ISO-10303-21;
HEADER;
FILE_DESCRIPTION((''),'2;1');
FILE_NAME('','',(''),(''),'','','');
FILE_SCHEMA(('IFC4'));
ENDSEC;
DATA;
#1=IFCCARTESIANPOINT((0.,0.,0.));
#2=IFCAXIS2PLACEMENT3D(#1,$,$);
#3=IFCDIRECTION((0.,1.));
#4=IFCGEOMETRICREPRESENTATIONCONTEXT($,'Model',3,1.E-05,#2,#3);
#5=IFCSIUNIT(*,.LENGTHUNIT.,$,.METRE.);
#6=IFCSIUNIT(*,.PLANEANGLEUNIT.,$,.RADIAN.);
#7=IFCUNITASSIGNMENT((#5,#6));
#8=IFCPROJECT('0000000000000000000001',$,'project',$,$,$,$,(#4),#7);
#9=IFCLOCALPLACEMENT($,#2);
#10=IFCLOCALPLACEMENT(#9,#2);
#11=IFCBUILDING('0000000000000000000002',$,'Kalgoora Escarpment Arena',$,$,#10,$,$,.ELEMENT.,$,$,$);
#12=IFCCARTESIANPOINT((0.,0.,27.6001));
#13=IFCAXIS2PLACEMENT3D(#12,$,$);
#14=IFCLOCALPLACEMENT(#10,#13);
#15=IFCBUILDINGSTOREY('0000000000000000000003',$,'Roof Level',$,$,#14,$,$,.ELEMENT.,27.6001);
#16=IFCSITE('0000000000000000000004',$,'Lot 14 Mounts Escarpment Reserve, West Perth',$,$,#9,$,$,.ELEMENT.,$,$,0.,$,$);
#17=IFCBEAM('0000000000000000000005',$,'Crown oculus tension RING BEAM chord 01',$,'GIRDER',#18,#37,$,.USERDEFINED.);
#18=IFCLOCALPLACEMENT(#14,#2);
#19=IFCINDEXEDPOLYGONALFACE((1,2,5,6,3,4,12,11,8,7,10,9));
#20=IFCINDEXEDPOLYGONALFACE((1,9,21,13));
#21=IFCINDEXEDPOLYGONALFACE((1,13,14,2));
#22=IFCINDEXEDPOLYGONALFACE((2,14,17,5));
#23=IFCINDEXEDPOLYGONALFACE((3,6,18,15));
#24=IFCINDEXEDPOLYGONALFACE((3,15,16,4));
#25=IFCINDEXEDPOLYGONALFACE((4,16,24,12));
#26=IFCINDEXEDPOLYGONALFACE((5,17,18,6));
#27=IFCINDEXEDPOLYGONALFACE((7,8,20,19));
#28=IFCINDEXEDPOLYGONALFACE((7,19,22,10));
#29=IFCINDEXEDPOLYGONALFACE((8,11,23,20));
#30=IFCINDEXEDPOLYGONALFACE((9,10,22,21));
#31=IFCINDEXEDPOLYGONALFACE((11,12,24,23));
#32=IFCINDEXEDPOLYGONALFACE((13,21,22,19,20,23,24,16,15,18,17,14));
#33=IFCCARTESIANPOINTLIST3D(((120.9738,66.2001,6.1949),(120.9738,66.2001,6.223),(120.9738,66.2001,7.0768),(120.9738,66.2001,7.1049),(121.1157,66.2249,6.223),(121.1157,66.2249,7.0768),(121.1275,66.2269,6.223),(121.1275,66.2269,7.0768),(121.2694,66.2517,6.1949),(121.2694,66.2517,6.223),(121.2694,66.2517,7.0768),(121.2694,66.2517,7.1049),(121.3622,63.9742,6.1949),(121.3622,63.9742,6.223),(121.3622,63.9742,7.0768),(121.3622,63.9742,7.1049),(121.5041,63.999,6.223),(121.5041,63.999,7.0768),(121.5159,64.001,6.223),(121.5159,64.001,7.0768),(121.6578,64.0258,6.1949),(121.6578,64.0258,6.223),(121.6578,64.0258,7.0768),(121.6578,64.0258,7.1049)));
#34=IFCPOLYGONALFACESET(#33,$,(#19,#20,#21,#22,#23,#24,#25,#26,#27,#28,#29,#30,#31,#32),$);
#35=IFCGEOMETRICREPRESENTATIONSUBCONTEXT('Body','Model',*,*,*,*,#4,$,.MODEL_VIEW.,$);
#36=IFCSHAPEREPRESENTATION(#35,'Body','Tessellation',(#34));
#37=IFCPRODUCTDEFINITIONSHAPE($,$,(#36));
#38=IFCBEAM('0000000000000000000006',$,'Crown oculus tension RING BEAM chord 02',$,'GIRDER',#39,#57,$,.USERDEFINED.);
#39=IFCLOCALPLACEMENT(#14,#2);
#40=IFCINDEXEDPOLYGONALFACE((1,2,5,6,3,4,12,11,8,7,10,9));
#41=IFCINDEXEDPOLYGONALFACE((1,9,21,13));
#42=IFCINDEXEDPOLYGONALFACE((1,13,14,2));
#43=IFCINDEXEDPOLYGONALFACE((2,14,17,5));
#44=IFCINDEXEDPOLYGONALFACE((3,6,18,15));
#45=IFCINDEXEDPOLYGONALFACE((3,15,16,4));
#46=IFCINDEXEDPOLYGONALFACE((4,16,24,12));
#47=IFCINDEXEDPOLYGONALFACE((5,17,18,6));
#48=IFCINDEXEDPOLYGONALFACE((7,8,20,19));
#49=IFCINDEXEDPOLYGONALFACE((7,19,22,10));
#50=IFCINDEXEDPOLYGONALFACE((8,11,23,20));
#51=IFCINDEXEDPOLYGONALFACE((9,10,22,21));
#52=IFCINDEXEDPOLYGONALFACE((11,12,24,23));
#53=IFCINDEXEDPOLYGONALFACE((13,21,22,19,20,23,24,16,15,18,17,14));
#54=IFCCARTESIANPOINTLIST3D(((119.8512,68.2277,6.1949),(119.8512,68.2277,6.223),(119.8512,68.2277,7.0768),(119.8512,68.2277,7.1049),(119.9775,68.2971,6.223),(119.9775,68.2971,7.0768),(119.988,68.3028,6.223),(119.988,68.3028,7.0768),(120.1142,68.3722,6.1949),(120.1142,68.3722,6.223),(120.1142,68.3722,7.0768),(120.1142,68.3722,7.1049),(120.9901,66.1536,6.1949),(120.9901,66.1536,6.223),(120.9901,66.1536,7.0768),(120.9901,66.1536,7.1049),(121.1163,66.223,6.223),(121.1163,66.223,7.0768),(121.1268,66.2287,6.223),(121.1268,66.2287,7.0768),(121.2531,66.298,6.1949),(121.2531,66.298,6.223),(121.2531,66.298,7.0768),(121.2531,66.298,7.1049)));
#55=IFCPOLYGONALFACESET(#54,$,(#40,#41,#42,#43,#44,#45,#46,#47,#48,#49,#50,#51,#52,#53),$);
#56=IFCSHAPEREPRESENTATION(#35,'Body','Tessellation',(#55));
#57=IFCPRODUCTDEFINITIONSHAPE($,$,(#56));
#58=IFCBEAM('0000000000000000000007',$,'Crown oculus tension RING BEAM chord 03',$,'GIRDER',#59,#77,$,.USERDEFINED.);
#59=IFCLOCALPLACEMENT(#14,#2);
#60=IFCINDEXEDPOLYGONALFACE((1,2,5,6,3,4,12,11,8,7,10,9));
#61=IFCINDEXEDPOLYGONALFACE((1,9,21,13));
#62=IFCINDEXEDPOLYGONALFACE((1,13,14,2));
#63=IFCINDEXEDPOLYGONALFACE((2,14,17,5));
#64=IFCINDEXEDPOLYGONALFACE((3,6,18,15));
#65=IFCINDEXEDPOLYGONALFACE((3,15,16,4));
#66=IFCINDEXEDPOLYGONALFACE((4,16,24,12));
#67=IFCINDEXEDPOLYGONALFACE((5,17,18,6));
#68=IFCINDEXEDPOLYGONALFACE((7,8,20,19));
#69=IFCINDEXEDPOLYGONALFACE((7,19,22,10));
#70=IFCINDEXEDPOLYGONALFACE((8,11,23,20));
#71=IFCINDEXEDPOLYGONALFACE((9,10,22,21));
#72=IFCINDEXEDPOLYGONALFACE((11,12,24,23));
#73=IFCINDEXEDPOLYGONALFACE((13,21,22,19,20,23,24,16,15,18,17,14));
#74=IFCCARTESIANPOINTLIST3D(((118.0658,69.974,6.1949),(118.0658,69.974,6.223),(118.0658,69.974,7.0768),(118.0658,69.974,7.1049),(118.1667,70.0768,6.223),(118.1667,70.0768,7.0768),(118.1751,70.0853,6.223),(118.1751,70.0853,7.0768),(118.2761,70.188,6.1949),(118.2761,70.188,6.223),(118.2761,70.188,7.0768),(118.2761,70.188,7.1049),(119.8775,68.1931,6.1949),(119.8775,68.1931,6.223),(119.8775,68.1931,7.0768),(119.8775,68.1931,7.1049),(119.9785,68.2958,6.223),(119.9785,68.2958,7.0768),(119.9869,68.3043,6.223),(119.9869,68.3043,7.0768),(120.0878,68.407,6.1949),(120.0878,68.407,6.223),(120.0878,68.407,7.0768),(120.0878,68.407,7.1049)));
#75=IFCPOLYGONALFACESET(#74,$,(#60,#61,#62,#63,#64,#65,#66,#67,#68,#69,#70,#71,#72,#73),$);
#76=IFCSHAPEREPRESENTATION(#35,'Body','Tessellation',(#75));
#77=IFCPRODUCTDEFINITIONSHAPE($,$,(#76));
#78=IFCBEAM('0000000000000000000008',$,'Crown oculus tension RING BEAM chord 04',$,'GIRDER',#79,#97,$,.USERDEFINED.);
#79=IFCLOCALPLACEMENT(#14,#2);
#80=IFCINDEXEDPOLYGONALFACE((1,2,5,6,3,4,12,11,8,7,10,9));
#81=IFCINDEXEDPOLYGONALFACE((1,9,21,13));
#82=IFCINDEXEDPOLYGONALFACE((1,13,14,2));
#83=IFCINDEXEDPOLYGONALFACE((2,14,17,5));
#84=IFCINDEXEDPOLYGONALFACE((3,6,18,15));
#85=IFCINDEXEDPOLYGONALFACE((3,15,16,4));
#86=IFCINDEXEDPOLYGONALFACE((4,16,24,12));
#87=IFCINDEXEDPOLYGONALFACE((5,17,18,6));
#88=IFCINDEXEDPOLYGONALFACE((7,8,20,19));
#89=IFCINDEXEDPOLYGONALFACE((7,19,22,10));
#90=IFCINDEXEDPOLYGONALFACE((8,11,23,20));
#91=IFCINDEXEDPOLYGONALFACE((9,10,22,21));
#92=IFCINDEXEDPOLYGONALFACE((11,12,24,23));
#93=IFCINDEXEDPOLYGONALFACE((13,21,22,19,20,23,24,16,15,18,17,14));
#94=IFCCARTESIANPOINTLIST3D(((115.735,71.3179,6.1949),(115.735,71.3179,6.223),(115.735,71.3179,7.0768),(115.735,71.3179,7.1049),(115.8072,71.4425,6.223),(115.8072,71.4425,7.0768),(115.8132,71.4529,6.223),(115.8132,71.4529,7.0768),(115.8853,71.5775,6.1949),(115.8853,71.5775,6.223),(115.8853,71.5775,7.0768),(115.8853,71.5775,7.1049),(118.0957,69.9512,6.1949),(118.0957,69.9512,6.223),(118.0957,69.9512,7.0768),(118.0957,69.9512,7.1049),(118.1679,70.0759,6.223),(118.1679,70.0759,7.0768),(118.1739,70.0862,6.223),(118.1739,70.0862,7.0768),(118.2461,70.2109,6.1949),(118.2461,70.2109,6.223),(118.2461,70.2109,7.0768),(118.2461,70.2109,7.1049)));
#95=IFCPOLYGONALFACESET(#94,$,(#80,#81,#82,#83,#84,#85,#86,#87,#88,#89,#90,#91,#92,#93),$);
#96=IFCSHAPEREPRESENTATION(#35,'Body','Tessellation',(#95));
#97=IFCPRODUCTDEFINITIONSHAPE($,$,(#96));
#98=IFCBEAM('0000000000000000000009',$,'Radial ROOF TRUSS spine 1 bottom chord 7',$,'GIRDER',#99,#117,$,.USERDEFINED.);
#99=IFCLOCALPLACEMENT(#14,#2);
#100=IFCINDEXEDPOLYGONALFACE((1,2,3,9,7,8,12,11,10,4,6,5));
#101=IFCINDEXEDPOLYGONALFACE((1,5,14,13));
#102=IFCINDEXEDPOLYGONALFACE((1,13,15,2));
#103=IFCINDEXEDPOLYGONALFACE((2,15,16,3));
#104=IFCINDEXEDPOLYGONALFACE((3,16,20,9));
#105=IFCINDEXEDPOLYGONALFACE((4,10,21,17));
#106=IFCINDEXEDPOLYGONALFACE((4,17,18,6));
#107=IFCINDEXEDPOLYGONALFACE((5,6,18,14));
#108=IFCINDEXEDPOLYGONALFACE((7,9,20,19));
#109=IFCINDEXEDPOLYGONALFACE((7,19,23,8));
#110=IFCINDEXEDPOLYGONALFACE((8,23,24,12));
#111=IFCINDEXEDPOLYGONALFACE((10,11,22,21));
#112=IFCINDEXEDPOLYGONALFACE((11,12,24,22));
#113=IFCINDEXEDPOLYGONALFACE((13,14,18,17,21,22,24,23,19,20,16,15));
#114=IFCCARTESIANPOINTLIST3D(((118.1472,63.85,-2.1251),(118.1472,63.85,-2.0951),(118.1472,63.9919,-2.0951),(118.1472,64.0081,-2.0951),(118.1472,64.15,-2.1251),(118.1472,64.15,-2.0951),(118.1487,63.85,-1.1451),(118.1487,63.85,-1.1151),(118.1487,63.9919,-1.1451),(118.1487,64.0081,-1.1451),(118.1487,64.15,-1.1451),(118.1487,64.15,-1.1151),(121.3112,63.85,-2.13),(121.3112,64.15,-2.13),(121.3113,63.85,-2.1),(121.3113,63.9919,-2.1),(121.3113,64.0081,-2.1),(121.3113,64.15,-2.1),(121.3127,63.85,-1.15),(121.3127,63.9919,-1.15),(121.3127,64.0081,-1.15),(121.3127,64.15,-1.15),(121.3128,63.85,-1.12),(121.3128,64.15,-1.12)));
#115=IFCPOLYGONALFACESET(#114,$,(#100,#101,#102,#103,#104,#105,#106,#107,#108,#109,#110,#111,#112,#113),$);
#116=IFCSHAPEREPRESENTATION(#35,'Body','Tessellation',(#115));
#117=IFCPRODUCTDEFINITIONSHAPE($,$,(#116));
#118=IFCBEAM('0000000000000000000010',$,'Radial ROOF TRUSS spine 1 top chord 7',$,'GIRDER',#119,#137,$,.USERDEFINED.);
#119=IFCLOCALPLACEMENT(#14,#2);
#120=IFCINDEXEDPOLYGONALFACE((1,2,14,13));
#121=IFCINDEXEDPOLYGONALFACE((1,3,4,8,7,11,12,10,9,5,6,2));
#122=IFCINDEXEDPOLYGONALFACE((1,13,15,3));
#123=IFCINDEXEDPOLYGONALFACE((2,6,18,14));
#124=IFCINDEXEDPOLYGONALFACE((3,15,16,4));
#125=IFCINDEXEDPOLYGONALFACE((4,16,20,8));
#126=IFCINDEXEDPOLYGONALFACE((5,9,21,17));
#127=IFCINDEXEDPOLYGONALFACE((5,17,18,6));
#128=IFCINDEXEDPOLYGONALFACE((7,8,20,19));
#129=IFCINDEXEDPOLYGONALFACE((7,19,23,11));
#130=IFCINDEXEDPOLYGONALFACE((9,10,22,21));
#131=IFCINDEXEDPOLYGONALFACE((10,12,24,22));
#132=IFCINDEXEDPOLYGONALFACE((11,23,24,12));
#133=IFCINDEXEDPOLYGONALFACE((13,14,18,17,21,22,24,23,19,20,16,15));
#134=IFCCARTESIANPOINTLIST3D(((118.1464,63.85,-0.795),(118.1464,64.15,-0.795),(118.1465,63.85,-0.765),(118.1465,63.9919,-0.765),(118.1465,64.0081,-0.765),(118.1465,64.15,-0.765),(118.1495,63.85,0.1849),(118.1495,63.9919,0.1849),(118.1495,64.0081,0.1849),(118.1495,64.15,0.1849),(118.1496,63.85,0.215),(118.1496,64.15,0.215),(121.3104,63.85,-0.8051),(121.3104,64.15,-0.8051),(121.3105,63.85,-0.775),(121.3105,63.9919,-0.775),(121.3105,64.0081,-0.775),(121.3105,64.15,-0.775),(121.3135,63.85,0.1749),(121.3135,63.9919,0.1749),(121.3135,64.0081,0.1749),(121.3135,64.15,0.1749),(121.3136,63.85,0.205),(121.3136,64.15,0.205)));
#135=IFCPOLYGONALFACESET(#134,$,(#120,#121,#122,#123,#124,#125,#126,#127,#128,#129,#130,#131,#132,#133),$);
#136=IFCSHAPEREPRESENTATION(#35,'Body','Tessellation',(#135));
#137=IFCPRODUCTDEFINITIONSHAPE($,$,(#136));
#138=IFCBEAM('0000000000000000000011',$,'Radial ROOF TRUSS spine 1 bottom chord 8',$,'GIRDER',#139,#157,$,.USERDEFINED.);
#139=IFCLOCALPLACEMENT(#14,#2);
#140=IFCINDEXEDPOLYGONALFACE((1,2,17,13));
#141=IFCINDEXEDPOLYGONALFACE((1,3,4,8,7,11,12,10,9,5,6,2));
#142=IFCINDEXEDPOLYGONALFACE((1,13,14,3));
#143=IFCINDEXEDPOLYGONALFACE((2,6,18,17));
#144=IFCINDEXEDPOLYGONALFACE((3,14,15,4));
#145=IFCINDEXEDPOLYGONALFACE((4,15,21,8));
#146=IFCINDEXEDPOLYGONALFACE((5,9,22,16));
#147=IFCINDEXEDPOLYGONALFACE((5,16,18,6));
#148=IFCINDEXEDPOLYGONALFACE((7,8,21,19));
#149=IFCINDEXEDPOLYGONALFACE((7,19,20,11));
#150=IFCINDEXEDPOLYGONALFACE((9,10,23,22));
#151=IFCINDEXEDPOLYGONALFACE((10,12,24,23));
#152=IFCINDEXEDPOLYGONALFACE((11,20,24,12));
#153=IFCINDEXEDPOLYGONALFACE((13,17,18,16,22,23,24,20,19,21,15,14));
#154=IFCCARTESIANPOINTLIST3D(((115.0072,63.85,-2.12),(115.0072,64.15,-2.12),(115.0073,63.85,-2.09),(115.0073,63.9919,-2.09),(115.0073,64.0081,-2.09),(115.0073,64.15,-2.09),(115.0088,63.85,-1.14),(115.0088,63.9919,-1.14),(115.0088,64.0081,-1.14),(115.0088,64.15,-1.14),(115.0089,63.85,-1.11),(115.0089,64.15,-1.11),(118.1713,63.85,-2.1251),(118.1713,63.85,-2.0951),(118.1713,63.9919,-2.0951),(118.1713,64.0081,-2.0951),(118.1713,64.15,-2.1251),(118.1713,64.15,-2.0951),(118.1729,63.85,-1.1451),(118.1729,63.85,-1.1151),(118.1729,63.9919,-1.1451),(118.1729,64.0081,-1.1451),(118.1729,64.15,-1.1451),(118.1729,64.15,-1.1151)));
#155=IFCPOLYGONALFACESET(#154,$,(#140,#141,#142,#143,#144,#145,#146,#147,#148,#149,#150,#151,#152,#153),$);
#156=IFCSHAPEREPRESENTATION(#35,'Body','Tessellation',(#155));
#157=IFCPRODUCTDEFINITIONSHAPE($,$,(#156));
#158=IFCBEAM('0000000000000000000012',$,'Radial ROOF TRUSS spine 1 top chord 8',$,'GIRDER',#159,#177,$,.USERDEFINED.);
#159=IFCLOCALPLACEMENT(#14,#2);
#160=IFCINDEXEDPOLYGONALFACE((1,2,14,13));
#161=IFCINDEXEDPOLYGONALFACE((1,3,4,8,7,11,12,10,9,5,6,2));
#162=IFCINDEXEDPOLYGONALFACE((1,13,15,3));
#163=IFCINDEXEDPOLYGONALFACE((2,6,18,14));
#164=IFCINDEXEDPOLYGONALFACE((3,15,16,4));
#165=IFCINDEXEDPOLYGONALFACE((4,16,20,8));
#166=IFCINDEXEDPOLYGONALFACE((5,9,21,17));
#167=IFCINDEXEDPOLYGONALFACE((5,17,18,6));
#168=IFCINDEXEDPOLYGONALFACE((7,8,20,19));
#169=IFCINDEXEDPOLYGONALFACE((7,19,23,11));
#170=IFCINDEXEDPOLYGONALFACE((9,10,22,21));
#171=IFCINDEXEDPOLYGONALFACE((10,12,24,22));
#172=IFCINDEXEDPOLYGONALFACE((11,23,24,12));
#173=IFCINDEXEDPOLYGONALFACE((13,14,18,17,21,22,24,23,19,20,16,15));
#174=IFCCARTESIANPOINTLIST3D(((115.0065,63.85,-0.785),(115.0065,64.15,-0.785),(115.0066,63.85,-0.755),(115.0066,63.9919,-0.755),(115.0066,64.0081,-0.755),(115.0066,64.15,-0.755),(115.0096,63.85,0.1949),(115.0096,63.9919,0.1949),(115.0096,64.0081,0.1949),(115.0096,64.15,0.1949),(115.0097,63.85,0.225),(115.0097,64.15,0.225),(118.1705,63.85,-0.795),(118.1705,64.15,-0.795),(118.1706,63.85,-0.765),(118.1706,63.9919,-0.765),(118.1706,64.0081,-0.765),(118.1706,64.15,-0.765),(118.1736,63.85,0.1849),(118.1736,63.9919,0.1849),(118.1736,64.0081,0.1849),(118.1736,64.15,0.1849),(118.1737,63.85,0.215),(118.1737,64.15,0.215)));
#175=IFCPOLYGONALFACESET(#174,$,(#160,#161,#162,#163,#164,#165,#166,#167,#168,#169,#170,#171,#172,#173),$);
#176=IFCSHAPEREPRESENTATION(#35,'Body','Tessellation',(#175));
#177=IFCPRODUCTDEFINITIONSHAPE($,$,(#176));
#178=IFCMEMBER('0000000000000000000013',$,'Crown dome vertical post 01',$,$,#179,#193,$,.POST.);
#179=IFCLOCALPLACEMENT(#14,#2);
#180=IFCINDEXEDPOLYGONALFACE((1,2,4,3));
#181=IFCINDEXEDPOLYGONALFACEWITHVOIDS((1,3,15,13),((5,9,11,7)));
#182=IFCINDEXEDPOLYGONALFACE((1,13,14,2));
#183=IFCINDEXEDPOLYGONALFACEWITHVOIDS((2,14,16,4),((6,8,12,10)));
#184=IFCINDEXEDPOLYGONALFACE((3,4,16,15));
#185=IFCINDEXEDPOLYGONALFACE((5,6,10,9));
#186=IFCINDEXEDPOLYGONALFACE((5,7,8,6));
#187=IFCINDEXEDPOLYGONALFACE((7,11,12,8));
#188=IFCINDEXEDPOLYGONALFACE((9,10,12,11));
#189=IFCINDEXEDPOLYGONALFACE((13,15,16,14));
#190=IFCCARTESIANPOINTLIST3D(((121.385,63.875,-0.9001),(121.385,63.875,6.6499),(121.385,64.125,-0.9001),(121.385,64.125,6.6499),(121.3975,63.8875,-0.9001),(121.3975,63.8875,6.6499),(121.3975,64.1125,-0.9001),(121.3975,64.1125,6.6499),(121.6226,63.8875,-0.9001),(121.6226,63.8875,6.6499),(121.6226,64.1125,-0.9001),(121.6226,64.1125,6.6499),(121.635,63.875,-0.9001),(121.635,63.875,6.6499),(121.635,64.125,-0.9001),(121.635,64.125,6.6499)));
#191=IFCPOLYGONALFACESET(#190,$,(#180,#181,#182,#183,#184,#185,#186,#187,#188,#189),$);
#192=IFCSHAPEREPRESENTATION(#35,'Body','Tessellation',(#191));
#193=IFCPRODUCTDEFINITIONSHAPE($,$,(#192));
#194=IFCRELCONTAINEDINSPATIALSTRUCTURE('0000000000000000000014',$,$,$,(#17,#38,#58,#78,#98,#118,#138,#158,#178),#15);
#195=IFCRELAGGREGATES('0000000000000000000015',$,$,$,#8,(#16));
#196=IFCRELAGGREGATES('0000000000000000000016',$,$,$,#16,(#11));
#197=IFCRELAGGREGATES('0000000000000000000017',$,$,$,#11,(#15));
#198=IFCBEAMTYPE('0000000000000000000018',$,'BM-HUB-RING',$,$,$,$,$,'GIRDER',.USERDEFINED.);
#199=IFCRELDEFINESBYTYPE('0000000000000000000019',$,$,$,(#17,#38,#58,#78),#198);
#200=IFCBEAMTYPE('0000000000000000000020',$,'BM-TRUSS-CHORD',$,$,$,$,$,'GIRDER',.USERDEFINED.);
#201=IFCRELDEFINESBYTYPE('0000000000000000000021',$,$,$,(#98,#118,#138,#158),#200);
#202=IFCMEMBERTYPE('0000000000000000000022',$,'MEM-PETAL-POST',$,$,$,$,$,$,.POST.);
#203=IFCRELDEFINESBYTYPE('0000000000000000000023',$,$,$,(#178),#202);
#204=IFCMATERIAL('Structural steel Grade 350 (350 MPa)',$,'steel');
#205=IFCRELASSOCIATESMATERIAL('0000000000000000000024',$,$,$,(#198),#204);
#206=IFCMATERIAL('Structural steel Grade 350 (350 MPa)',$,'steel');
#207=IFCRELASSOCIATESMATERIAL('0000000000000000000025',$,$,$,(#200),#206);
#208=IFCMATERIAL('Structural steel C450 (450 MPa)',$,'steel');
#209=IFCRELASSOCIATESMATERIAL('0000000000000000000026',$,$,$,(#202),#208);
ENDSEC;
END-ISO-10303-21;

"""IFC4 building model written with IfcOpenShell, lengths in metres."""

from ifc_helpers import new_model, si_unit, direction, frame, origin, origin_2d, place, context, subcontext, project, spatial, hollow_rectangle, i_section, extrude, material, material_profile, profile_set, type_object, element, save


model = new_model("IFC4")

# Units and contexts
model_context = context("Model", 3, precision=1e-05, world=origin(), true_north=direction((0.0, 1.0)))
body_context = subcontext(model_context, "Body", "Model", "MODEL_VIEW")
ifc_project = project(units=[si_unit("LENGTHUNIT", "METRE"), si_unit("PLANEANGLEUNIT", "RADIAN")], contexts=[model_context])

# Site, building, storey
site_placement = place(None, origin())
site = spatial("IfcSite", under=ifc_project, at=site_placement, Name="Lot 14 Mounts Escarpment Reserve, West Perth", CompositionType="ELEMENT", RefElevation=0.0)
building_placement = place(site_placement, origin())
building = spatial("IfcBuilding", under=site, at=building_placement, Name="Kalgoora Escarpment Arena", CompositionType="ELEMENT")
storey_placement = place(building_placement, frame((0.0, 0.0, 27.6001)))
storey = spatial("IfcBuildingStorey", under=building, at=storey_placement, Name="Roof Level", CompositionType="ELEMENT", Elevation=27.6001)

# Beams
ifc_material_1 = material(Name="Structural steel Grade 350 (350 MPa)", Category="steel")
ifc_material_profile_1 = material_profile(ifc_material_1, i_section(OverallWidth=0.3, OverallDepth=0.9099, WebThickness=0.012, FlangeThickness=0.0281, at=origin_2d()))
ifc_profile_set_1 = profile_set([ifc_material_profile_1], Name="Structural steel Grade 350 (350 MPa)")
beam_type_1 = type_object("IfcBeamType", Name="BM-HUB-RING", ElementType="GIRDER", PredefinedType="USERDEFINED", material=ifc_profile_set_1)
beam_1_placement = place(storey_placement, frame((121.51, 64.0, 6.6499), z_axis=(-0.171911, 0.985112, 0.0), x_axis=(-0.985112, -0.171911, 0.0)))
element("IfcBeam", 1, at=beam_1_placement, inside=storey, type_object=beam_type_1, Name="Crown oculus tension RING BEAM chord 01", ObjectType="GIRDER", PredefinedType="USERDEFINED", context=body_context, shape_type="SweptSolid", body=[
    extrude(i_section(OverallWidth=0.3, OverallDepth=0.9099, WebThickness=0.012, FlangeThickness=0.0281, at=origin_2d()), origin(), (0.0, 0.0, 1.0), 2.2595),
])
beam_2_placement = place(storey_placement, frame((121.1216, 66.2258, 6.6499), z_axis=(-0.481301, 0.876556, 0.0), x_axis=(-0.876556, -0.481301, 0.0)))
element("IfcBeam", 2, at=beam_2_placement, inside=storey, type_object=beam_type_1, Name="Crown oculus tension RING BEAM chord 02", ObjectType="GIRDER", PredefinedType="USERDEFINED", context=body_context, shape_type="SweptSolid", body=[
    extrude(i_section(OverallWidth=0.3, OverallDepth=0.9099, WebThickness=0.012, FlangeThickness=0.0281, at=origin_2d()), origin(), (0.0, 0.0, 1.0), 2.3662),
])
beam_3_placement = place(storey_placement, frame((119.9827, 68.3, 6.6499), z_axis=(-0.713135, 0.701027, 0.0), x_axis=(-0.701027, -0.713135, 0.0)))
element("IfcBeam", 3, at=beam_3_placement, inside=storey, type_object=beam_type_1, Name="Crown oculus tension RING BEAM chord 03", ObjectType="GIRDER", PredefinedType="USERDEFINED", context=body_context, shape_type="SweptSolid", body=[
    extrude(i_section(OverallWidth=0.3, OverallDepth=0.9099, WebThickness=0.012, FlangeThickness=0.0281, at=origin_2d()), origin(), (0.0, 0.0, 1.0), 2.5405),
])
beam_4_placement = place(storey_placement, frame((118.1709, 70.0811, 6.6499), z_axis=(-0.865443, 0.501008, 0.0), x_axis=(-0.501008, -0.865443, 0.0)))
element("IfcBeam", 4, at=beam_4_placement, inside=storey, type_object=beam_type_1, Name="Crown oculus tension RING BEAM chord 04", ObjectType="GIRDER", PredefinedType="USERDEFINED", context=body_context, shape_type="SweptSolid", body=[
    extrude(i_section(OverallWidth=0.3, OverallDepth=0.9099, WebThickness=0.012, FlangeThickness=0.0281, at=origin_2d()), origin(), (0.0, 0.0, 1.0), 2.7278),
])
ifc_material_2 = material(Name="Structural steel Grade 350 (350 MPa)", Category="steel")
ifc_material_profile_2 = material_profile(ifc_material_2, i_section(OverallWidth=0.3, OverallDepth=1.01, WebThickness=0.0161, FlangeThickness=0.03, at=origin_2d()))
ifc_profile_set_2 = profile_set([ifc_material_profile_2], Name="Structural steel Grade 350 (350 MPa)")
beam_type_2 = type_object("IfcBeamType", Name="BM-TRUSS-CHORD", ElementType="GIRDER", PredefinedType="USERDEFINED", material=ifc_profile_set_2)
for number, where, z_axis, x_axis, name in (
    (5, (121.312, 64.0, -1.625), (-0.999999, 0.0, 0.001543), (0.0, -1.0, 0.0), "Radial ROOF TRUSS spine 1 bottom chord 7"),
    (6, (121.312, 64.0, -0.3), (-0.999995, 0.0, 0.003164), (0.0, -1.0, 0.0), "Radial ROOF TRUSS spine 1 top chord 7"),
    (7, (118.1721, 64.0, -1.6201), (-0.999999, 0.0, 0.00162), (0.0, -1.0, 0.0), "Radial ROOF TRUSS spine 1 bottom chord 8"),
    (8, (118.1721, 64.0, -0.29), (-0.999995, 0.0, 0.003164), (0.0, -1.0, 0.0), "Radial ROOF TRUSS spine 1 top chord 8"),
):
    element("IfcBeam", number, at=place(storey_placement, frame(where, z_axis=z_axis, x_axis=x_axis)), inside=storey, type_object=beam_type_2, Name=name, ObjectType="GIRDER", PredefinedType="USERDEFINED", context=body_context, shape_type="SweptSolid", body=[
        extrude(i_section(OverallWidth=0.3, OverallDepth=1.01, WebThickness=0.0161, FlangeThickness=0.03, at=origin_2d()), origin(), (0.0, 0.0, 1.0), 3.1641),
    ])

# Member
ifc_material_3 = material(Name="Structural steel C450 (450 MPa)", Category="steel")
ifc_material_profile_3 = material_profile(ifc_material_3, hollow_rectangle(XDim=0.25, YDim=0.25, WallThickness=0.0125, at=origin_2d()))
ifc_profile_set_3 = profile_set([ifc_material_profile_3], Name="Structural steel C450 (450 MPa)")
member_type_1 = type_object("IfcMemberType", Name="MEM-PETAL-POST", PredefinedType="POST", material=ifc_profile_set_3)
for number, where, z_axis, x_axis, name in (
    (9, (121.51, 64.0, -0.9001), (0.0, 0.0, 1.0), (1.0, 0.0, 0.0), "Crown dome vertical post 01"),
):
    element("IfcMember", number, at=place(storey_placement, frame(where, z_axis=z_axis, x_axis=x_axis)), inside=storey, type_object=member_type_1, Name=name, PredefinedType="POST", context=body_context, shape_type="SweptSolid", body=[
        extrude(hollow_rectangle(XDim=0.25, YDim=0.25, WallThickness=0.0125, at=origin_2d()), origin(), (0.0, 0.0, 1.0), 7.55),
    ])

save(model, "model.ifc")
